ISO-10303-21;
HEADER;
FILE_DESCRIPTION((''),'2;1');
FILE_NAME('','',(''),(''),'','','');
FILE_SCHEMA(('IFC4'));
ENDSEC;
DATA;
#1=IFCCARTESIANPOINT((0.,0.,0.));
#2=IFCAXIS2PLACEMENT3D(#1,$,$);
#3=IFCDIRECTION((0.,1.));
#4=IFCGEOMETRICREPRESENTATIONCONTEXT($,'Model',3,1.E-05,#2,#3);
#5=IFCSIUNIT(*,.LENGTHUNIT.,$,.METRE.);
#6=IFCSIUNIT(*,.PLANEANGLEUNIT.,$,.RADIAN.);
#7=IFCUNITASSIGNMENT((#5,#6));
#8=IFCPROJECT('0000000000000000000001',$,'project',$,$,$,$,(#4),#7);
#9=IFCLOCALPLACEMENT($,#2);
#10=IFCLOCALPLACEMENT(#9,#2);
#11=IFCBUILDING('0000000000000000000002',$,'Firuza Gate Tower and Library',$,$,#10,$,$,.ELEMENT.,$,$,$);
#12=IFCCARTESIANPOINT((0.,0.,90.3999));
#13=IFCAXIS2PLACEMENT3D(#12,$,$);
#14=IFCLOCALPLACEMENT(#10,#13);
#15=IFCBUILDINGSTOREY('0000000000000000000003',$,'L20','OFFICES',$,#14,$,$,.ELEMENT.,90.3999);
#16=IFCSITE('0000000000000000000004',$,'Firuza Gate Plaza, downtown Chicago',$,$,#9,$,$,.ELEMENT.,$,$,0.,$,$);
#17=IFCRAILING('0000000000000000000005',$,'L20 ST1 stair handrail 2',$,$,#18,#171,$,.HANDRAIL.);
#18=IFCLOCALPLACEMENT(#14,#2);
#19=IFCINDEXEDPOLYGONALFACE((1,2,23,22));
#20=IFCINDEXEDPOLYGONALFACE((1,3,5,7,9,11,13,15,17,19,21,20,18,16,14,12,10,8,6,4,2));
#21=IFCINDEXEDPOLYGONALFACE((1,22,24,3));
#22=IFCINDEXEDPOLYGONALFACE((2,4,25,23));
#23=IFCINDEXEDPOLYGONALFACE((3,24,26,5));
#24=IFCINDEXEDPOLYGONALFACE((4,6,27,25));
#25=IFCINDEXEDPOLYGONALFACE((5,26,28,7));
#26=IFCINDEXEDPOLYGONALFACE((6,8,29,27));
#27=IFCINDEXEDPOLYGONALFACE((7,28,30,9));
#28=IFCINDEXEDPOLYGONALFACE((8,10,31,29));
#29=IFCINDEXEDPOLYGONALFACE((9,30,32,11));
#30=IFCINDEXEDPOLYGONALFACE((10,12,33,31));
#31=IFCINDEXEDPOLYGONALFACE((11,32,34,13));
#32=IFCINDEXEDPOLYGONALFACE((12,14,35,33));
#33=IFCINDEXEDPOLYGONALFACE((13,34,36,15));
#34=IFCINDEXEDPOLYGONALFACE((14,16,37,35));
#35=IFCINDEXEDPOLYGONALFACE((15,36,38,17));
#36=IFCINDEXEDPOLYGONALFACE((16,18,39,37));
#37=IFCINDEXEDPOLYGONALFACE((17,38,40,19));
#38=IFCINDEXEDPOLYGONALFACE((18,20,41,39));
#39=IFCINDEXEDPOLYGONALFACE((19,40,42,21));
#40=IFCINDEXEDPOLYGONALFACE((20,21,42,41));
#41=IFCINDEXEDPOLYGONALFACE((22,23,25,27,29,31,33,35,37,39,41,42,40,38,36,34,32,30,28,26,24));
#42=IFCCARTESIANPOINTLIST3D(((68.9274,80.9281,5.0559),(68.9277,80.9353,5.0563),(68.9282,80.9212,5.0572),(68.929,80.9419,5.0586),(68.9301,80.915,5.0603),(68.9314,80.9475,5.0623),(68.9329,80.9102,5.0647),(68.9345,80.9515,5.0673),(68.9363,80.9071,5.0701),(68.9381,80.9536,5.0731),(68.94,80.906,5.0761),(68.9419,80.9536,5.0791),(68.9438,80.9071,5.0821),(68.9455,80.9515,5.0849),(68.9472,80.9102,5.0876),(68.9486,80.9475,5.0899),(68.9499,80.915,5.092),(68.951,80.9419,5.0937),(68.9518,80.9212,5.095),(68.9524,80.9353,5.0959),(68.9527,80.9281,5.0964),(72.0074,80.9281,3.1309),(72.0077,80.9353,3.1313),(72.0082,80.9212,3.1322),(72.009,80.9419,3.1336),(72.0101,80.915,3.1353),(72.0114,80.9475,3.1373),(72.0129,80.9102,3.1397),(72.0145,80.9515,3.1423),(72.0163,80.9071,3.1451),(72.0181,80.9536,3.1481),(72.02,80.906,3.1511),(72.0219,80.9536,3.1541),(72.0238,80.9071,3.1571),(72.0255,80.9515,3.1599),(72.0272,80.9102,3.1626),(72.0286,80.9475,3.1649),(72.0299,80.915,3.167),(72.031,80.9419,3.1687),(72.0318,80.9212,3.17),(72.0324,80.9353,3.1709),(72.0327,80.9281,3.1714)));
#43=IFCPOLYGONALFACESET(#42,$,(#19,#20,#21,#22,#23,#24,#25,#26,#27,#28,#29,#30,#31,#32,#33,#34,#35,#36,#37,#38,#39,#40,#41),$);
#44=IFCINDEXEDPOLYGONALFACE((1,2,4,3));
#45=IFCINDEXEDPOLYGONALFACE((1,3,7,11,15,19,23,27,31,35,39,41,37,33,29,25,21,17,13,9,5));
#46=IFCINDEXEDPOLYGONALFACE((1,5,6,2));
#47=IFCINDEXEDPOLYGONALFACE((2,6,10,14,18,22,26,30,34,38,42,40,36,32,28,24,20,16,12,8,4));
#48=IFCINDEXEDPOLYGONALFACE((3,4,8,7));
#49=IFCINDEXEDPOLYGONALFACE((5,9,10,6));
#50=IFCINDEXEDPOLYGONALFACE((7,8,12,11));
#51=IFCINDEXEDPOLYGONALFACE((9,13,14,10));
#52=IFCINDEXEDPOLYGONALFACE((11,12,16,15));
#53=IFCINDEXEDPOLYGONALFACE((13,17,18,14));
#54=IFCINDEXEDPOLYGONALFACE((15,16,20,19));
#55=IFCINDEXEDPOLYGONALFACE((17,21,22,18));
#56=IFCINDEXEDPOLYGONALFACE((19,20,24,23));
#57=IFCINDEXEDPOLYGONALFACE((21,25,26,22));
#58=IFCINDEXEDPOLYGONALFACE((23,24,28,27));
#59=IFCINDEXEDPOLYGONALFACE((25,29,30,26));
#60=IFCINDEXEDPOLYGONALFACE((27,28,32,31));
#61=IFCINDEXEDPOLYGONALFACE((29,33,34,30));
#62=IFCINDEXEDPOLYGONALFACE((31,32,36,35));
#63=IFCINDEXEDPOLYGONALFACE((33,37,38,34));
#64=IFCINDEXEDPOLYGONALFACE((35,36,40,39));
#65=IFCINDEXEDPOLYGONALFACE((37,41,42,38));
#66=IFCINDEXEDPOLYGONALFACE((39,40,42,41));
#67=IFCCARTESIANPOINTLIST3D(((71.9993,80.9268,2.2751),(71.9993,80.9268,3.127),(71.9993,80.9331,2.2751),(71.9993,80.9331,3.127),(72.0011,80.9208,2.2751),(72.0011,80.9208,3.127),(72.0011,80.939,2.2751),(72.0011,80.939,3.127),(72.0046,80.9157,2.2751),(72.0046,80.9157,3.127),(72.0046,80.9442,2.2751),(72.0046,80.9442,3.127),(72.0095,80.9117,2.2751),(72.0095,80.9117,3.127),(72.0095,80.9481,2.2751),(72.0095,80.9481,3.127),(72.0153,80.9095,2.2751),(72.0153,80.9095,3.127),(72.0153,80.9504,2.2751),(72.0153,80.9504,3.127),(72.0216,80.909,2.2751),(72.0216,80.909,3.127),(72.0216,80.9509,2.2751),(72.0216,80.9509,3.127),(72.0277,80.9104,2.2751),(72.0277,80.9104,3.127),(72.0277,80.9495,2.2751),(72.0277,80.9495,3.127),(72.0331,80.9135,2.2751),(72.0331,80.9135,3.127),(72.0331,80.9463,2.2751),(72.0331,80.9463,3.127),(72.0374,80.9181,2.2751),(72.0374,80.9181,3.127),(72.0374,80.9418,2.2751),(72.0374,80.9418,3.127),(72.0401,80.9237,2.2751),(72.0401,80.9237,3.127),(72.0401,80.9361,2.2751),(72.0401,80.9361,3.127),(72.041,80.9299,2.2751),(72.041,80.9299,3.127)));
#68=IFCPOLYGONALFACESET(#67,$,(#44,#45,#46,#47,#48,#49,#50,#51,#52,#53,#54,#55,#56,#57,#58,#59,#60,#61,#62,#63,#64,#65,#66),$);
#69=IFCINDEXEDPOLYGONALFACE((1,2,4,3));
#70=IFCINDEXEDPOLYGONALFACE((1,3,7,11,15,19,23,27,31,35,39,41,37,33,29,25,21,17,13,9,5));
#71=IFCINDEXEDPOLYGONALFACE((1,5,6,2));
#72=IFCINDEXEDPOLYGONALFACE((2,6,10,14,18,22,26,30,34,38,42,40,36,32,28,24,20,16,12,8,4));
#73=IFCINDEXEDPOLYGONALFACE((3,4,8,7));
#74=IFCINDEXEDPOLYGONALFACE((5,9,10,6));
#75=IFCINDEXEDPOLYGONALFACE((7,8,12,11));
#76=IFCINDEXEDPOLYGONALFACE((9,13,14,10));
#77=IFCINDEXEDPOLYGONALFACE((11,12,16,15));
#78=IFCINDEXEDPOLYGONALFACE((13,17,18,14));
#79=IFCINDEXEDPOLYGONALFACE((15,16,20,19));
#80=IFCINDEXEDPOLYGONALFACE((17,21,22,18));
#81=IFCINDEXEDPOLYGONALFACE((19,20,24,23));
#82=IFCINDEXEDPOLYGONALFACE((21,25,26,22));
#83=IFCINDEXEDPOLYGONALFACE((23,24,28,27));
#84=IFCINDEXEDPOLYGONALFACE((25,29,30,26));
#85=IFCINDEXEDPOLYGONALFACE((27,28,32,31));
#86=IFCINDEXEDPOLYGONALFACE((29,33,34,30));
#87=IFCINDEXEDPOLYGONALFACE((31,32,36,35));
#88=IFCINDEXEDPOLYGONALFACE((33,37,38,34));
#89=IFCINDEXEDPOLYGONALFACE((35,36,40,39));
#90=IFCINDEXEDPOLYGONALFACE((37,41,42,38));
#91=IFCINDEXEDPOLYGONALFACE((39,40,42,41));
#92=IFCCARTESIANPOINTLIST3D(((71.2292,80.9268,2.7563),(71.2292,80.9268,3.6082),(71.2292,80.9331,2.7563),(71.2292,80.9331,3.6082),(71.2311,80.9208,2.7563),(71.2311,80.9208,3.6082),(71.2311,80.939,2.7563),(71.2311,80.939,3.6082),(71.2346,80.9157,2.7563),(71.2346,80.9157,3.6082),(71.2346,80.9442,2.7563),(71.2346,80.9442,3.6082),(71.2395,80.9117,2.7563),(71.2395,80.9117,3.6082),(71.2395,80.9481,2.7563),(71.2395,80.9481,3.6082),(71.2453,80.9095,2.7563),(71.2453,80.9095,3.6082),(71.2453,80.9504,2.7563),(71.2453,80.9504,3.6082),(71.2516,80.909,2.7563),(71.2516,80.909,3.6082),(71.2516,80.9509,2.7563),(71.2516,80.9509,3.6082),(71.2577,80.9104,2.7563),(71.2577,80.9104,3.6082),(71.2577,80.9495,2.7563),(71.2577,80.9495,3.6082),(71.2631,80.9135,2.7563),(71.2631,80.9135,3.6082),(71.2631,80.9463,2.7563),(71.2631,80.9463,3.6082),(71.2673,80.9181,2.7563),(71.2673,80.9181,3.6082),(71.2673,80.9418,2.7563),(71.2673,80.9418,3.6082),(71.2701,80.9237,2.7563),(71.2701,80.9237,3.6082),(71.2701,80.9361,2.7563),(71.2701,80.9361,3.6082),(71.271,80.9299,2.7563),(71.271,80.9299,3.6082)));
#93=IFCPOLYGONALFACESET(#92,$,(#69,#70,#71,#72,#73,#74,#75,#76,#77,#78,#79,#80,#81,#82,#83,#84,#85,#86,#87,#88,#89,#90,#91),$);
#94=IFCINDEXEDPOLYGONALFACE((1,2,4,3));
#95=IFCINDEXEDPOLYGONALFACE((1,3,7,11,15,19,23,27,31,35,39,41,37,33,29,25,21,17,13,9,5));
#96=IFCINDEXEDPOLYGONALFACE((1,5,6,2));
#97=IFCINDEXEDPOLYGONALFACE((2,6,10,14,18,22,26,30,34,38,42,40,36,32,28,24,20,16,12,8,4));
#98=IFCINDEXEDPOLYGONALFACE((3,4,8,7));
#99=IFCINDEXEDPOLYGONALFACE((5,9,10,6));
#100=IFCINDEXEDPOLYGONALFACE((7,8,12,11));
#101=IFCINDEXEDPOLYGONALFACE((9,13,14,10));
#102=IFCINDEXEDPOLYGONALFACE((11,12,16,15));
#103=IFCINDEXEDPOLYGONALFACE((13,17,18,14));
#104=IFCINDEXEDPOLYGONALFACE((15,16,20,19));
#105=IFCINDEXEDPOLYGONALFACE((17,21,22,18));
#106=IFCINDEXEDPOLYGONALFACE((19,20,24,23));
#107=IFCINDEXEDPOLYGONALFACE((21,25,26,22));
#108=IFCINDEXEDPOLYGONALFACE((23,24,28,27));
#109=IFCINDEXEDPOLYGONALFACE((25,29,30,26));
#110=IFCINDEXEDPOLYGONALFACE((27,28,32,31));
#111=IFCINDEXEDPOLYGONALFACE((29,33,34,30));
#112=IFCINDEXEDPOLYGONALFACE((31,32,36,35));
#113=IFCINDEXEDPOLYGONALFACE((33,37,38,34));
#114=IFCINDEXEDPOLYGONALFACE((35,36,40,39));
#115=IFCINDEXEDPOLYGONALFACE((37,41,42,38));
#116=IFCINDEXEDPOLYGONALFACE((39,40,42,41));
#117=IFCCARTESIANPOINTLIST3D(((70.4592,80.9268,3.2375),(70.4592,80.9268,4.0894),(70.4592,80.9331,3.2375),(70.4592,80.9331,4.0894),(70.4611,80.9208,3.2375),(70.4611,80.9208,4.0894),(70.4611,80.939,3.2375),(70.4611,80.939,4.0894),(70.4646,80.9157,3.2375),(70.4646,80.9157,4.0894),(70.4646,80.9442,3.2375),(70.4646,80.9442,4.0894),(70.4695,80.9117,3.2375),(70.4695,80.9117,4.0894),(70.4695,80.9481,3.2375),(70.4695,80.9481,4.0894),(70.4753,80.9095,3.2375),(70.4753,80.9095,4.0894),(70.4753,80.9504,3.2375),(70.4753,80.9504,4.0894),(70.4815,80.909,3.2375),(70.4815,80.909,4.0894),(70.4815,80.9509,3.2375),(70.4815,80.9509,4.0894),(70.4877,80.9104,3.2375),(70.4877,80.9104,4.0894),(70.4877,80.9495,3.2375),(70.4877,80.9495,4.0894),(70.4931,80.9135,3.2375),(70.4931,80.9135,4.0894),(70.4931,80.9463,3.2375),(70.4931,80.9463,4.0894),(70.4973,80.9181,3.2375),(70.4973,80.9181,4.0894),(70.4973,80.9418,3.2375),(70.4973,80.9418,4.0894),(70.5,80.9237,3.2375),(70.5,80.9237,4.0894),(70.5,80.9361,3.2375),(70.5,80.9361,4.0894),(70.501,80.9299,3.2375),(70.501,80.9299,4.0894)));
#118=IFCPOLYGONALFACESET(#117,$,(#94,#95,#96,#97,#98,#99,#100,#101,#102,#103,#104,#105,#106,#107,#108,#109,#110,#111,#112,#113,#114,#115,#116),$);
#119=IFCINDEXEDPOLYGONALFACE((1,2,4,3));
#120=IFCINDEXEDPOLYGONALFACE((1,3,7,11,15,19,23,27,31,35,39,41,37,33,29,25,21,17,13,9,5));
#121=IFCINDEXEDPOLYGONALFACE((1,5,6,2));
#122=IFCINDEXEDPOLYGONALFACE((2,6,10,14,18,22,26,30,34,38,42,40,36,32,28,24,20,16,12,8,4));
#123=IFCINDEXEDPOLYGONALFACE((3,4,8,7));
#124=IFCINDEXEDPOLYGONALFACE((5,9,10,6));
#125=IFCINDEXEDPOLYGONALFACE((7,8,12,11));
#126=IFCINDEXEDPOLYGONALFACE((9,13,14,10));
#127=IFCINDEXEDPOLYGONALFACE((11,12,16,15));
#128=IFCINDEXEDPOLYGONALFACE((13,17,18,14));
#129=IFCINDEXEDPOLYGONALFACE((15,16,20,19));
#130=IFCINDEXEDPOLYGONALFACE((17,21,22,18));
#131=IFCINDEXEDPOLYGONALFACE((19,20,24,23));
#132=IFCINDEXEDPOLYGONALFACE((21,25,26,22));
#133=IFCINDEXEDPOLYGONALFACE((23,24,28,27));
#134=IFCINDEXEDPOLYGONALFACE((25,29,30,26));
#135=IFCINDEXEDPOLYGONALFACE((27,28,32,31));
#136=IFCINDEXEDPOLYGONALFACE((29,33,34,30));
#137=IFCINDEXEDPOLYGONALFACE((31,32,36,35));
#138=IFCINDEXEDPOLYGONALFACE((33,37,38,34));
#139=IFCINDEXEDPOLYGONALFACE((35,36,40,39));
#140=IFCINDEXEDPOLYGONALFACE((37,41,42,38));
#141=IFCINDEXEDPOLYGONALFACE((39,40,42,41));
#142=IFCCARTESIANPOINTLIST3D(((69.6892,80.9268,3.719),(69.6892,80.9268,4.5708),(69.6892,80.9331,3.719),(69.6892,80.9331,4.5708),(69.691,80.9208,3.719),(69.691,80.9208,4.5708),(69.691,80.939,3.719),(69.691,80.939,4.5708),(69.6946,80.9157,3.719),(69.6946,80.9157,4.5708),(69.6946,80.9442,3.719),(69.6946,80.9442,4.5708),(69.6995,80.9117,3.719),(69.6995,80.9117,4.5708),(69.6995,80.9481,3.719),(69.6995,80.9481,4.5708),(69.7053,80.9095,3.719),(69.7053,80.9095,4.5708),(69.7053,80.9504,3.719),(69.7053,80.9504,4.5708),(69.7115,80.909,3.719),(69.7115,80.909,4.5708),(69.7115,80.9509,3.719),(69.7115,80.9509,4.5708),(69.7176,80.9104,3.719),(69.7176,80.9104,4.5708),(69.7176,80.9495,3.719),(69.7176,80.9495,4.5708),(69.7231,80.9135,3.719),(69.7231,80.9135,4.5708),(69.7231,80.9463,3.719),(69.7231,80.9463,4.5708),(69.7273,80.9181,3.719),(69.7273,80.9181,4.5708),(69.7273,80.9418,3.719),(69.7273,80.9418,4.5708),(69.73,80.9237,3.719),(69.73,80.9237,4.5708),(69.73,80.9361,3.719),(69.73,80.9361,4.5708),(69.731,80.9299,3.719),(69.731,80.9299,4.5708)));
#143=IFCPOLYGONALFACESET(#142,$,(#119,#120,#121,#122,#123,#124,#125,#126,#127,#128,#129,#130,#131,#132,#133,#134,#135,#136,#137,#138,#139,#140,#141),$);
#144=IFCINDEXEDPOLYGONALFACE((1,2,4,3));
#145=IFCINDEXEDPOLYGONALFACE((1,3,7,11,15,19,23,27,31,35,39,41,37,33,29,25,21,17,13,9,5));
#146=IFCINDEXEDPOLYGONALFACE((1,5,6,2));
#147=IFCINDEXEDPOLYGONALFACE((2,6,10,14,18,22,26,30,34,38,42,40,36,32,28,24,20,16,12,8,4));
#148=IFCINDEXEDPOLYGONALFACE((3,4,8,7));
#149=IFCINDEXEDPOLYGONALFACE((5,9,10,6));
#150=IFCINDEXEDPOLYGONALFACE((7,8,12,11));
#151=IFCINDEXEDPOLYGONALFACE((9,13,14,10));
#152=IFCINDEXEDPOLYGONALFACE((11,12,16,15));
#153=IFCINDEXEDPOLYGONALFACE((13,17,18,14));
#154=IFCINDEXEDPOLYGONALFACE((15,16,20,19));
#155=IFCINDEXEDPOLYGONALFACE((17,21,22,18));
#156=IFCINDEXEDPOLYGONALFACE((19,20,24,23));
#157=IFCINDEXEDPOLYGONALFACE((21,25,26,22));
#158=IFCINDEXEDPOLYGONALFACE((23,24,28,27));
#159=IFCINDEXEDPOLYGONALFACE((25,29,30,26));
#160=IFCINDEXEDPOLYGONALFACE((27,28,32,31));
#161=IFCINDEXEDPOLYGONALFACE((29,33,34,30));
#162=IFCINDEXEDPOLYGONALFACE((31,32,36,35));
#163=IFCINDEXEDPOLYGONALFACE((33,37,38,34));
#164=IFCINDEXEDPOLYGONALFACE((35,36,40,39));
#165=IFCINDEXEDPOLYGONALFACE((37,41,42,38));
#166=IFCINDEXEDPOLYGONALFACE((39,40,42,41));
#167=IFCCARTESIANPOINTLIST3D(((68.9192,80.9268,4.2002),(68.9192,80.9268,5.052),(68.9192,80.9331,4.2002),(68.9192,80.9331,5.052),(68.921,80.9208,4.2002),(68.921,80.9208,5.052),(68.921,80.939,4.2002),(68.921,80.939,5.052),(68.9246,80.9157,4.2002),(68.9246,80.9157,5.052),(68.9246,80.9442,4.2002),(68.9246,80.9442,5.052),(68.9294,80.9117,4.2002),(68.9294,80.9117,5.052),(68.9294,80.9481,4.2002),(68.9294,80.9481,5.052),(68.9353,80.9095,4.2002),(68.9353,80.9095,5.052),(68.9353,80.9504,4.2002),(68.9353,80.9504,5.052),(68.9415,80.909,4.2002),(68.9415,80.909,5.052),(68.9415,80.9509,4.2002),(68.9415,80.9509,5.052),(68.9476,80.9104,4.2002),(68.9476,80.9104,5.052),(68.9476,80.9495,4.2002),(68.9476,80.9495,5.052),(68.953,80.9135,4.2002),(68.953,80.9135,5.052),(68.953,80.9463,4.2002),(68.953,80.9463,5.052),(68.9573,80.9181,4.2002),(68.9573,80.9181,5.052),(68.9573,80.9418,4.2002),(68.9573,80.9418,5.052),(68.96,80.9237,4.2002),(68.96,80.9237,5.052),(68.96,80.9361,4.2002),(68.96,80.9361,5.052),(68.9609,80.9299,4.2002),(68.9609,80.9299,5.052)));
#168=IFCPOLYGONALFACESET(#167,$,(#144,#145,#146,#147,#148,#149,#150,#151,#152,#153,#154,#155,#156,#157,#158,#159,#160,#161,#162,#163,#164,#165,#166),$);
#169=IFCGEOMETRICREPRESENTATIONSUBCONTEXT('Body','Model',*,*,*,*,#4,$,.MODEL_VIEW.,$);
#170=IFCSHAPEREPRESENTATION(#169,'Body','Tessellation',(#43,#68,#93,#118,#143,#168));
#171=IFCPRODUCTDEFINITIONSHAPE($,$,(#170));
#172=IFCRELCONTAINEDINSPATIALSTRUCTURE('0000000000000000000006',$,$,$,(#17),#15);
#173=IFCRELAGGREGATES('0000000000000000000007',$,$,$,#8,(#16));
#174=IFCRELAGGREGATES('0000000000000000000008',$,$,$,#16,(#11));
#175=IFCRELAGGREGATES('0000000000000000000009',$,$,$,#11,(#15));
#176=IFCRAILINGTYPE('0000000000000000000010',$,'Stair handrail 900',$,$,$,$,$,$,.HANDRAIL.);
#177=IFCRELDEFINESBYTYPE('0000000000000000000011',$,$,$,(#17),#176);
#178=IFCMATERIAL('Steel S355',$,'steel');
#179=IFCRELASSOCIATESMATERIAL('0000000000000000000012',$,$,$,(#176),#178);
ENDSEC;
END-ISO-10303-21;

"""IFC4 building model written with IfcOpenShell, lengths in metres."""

from ifc_helpers import new_model, si_unit, direction, frame, origin, origin_2d, place, context, subcontext, project, spatial, circle, extrude, material, type_object, element, save


model = new_model("IFC4")

# Units and contexts
model_context = context("Model", 3, precision=1e-05, world=origin(), true_north=direction((0.0, 1.0)))
body_context = subcontext(model_context, "Body", "Model", "MODEL_VIEW")
ifc_project = project(units=[si_unit("LENGTHUNIT", "METRE"), si_unit("PLANEANGLEUNIT", "RADIAN")], contexts=[model_context])

# Site, building, storey
site_placement = place(None, origin())
site = spatial("IfcSite", under=ifc_project, at=site_placement, Name="Firuza Gate Plaza, downtown Chicago", CompositionType="ELEMENT", RefElevation=0.0)
building_placement = place(site_placement, origin())
building = spatial("IfcBuilding", under=site, at=building_placement, Name="Firuza Gate Tower and Library", CompositionType="ELEMENT")
storey_placement = place(building_placement, frame((0.0, 0.0, 90.3999)))
storey = spatial("IfcBuildingStorey", under=building, at=storey_placement, Name="L20", Description="OFFICES", CompositionType="ELEMENT", Elevation=90.3999)

# Railing
ifc_material_1 = material(Name="Steel S355", Category="steel")
railing_type_1 = type_object("IfcRailingType", Name="Stair handrail 900", PredefinedType="HANDRAIL", material=ifc_material_1)
railing_1_placement = place(storey_placement, frame((72.02, 80.9299, 2.2751)))
element("IfcRailing", 1, at=railing_1_placement, inside=storey, type_object=railing_type_1, Name="L20 ST1 stair handrail 2", PredefinedType="HANDRAIL", context=body_context, shape_type="SweptSolid", body=[
    extrude(circle(Radius=0.0239, at=origin_2d()), frame((0.0, 0.0, 0.876), z_axis=(-0.847998, 0.0, 0.529999), x_axis=(0.0, -1.0, 0.0)), (0.0, 0.0, 1.0), 3.6321),
    extrude(circle(Radius=0.021, at=origin_2d()), origin(), (0.0, 0.0, 1.0), 0.8518),
    extrude(circle(Radius=0.021, at=origin_2d()), frame((-0.77, 0.0, 0.4812)), (0.0, 0.0, 1.0), 0.8518),
    extrude(circle(Radius=0.021, at=origin_2d()), frame((-1.54, 0.0, 0.9624)), (0.0, 0.0, 1.0), 0.8518),
    extrude(circle(Radius=0.021, at=origin_2d()), frame((-2.3101, 0.0, 1.4438)), (0.0, 0.0, 1.0), 0.8518),
    extrude(circle(Radius=0.021, at=origin_2d()), frame((-3.0801, 0.0, 1.925)), (0.0, 0.0, 1.0), 0.8518),
])

save(model, "model.ifc")
